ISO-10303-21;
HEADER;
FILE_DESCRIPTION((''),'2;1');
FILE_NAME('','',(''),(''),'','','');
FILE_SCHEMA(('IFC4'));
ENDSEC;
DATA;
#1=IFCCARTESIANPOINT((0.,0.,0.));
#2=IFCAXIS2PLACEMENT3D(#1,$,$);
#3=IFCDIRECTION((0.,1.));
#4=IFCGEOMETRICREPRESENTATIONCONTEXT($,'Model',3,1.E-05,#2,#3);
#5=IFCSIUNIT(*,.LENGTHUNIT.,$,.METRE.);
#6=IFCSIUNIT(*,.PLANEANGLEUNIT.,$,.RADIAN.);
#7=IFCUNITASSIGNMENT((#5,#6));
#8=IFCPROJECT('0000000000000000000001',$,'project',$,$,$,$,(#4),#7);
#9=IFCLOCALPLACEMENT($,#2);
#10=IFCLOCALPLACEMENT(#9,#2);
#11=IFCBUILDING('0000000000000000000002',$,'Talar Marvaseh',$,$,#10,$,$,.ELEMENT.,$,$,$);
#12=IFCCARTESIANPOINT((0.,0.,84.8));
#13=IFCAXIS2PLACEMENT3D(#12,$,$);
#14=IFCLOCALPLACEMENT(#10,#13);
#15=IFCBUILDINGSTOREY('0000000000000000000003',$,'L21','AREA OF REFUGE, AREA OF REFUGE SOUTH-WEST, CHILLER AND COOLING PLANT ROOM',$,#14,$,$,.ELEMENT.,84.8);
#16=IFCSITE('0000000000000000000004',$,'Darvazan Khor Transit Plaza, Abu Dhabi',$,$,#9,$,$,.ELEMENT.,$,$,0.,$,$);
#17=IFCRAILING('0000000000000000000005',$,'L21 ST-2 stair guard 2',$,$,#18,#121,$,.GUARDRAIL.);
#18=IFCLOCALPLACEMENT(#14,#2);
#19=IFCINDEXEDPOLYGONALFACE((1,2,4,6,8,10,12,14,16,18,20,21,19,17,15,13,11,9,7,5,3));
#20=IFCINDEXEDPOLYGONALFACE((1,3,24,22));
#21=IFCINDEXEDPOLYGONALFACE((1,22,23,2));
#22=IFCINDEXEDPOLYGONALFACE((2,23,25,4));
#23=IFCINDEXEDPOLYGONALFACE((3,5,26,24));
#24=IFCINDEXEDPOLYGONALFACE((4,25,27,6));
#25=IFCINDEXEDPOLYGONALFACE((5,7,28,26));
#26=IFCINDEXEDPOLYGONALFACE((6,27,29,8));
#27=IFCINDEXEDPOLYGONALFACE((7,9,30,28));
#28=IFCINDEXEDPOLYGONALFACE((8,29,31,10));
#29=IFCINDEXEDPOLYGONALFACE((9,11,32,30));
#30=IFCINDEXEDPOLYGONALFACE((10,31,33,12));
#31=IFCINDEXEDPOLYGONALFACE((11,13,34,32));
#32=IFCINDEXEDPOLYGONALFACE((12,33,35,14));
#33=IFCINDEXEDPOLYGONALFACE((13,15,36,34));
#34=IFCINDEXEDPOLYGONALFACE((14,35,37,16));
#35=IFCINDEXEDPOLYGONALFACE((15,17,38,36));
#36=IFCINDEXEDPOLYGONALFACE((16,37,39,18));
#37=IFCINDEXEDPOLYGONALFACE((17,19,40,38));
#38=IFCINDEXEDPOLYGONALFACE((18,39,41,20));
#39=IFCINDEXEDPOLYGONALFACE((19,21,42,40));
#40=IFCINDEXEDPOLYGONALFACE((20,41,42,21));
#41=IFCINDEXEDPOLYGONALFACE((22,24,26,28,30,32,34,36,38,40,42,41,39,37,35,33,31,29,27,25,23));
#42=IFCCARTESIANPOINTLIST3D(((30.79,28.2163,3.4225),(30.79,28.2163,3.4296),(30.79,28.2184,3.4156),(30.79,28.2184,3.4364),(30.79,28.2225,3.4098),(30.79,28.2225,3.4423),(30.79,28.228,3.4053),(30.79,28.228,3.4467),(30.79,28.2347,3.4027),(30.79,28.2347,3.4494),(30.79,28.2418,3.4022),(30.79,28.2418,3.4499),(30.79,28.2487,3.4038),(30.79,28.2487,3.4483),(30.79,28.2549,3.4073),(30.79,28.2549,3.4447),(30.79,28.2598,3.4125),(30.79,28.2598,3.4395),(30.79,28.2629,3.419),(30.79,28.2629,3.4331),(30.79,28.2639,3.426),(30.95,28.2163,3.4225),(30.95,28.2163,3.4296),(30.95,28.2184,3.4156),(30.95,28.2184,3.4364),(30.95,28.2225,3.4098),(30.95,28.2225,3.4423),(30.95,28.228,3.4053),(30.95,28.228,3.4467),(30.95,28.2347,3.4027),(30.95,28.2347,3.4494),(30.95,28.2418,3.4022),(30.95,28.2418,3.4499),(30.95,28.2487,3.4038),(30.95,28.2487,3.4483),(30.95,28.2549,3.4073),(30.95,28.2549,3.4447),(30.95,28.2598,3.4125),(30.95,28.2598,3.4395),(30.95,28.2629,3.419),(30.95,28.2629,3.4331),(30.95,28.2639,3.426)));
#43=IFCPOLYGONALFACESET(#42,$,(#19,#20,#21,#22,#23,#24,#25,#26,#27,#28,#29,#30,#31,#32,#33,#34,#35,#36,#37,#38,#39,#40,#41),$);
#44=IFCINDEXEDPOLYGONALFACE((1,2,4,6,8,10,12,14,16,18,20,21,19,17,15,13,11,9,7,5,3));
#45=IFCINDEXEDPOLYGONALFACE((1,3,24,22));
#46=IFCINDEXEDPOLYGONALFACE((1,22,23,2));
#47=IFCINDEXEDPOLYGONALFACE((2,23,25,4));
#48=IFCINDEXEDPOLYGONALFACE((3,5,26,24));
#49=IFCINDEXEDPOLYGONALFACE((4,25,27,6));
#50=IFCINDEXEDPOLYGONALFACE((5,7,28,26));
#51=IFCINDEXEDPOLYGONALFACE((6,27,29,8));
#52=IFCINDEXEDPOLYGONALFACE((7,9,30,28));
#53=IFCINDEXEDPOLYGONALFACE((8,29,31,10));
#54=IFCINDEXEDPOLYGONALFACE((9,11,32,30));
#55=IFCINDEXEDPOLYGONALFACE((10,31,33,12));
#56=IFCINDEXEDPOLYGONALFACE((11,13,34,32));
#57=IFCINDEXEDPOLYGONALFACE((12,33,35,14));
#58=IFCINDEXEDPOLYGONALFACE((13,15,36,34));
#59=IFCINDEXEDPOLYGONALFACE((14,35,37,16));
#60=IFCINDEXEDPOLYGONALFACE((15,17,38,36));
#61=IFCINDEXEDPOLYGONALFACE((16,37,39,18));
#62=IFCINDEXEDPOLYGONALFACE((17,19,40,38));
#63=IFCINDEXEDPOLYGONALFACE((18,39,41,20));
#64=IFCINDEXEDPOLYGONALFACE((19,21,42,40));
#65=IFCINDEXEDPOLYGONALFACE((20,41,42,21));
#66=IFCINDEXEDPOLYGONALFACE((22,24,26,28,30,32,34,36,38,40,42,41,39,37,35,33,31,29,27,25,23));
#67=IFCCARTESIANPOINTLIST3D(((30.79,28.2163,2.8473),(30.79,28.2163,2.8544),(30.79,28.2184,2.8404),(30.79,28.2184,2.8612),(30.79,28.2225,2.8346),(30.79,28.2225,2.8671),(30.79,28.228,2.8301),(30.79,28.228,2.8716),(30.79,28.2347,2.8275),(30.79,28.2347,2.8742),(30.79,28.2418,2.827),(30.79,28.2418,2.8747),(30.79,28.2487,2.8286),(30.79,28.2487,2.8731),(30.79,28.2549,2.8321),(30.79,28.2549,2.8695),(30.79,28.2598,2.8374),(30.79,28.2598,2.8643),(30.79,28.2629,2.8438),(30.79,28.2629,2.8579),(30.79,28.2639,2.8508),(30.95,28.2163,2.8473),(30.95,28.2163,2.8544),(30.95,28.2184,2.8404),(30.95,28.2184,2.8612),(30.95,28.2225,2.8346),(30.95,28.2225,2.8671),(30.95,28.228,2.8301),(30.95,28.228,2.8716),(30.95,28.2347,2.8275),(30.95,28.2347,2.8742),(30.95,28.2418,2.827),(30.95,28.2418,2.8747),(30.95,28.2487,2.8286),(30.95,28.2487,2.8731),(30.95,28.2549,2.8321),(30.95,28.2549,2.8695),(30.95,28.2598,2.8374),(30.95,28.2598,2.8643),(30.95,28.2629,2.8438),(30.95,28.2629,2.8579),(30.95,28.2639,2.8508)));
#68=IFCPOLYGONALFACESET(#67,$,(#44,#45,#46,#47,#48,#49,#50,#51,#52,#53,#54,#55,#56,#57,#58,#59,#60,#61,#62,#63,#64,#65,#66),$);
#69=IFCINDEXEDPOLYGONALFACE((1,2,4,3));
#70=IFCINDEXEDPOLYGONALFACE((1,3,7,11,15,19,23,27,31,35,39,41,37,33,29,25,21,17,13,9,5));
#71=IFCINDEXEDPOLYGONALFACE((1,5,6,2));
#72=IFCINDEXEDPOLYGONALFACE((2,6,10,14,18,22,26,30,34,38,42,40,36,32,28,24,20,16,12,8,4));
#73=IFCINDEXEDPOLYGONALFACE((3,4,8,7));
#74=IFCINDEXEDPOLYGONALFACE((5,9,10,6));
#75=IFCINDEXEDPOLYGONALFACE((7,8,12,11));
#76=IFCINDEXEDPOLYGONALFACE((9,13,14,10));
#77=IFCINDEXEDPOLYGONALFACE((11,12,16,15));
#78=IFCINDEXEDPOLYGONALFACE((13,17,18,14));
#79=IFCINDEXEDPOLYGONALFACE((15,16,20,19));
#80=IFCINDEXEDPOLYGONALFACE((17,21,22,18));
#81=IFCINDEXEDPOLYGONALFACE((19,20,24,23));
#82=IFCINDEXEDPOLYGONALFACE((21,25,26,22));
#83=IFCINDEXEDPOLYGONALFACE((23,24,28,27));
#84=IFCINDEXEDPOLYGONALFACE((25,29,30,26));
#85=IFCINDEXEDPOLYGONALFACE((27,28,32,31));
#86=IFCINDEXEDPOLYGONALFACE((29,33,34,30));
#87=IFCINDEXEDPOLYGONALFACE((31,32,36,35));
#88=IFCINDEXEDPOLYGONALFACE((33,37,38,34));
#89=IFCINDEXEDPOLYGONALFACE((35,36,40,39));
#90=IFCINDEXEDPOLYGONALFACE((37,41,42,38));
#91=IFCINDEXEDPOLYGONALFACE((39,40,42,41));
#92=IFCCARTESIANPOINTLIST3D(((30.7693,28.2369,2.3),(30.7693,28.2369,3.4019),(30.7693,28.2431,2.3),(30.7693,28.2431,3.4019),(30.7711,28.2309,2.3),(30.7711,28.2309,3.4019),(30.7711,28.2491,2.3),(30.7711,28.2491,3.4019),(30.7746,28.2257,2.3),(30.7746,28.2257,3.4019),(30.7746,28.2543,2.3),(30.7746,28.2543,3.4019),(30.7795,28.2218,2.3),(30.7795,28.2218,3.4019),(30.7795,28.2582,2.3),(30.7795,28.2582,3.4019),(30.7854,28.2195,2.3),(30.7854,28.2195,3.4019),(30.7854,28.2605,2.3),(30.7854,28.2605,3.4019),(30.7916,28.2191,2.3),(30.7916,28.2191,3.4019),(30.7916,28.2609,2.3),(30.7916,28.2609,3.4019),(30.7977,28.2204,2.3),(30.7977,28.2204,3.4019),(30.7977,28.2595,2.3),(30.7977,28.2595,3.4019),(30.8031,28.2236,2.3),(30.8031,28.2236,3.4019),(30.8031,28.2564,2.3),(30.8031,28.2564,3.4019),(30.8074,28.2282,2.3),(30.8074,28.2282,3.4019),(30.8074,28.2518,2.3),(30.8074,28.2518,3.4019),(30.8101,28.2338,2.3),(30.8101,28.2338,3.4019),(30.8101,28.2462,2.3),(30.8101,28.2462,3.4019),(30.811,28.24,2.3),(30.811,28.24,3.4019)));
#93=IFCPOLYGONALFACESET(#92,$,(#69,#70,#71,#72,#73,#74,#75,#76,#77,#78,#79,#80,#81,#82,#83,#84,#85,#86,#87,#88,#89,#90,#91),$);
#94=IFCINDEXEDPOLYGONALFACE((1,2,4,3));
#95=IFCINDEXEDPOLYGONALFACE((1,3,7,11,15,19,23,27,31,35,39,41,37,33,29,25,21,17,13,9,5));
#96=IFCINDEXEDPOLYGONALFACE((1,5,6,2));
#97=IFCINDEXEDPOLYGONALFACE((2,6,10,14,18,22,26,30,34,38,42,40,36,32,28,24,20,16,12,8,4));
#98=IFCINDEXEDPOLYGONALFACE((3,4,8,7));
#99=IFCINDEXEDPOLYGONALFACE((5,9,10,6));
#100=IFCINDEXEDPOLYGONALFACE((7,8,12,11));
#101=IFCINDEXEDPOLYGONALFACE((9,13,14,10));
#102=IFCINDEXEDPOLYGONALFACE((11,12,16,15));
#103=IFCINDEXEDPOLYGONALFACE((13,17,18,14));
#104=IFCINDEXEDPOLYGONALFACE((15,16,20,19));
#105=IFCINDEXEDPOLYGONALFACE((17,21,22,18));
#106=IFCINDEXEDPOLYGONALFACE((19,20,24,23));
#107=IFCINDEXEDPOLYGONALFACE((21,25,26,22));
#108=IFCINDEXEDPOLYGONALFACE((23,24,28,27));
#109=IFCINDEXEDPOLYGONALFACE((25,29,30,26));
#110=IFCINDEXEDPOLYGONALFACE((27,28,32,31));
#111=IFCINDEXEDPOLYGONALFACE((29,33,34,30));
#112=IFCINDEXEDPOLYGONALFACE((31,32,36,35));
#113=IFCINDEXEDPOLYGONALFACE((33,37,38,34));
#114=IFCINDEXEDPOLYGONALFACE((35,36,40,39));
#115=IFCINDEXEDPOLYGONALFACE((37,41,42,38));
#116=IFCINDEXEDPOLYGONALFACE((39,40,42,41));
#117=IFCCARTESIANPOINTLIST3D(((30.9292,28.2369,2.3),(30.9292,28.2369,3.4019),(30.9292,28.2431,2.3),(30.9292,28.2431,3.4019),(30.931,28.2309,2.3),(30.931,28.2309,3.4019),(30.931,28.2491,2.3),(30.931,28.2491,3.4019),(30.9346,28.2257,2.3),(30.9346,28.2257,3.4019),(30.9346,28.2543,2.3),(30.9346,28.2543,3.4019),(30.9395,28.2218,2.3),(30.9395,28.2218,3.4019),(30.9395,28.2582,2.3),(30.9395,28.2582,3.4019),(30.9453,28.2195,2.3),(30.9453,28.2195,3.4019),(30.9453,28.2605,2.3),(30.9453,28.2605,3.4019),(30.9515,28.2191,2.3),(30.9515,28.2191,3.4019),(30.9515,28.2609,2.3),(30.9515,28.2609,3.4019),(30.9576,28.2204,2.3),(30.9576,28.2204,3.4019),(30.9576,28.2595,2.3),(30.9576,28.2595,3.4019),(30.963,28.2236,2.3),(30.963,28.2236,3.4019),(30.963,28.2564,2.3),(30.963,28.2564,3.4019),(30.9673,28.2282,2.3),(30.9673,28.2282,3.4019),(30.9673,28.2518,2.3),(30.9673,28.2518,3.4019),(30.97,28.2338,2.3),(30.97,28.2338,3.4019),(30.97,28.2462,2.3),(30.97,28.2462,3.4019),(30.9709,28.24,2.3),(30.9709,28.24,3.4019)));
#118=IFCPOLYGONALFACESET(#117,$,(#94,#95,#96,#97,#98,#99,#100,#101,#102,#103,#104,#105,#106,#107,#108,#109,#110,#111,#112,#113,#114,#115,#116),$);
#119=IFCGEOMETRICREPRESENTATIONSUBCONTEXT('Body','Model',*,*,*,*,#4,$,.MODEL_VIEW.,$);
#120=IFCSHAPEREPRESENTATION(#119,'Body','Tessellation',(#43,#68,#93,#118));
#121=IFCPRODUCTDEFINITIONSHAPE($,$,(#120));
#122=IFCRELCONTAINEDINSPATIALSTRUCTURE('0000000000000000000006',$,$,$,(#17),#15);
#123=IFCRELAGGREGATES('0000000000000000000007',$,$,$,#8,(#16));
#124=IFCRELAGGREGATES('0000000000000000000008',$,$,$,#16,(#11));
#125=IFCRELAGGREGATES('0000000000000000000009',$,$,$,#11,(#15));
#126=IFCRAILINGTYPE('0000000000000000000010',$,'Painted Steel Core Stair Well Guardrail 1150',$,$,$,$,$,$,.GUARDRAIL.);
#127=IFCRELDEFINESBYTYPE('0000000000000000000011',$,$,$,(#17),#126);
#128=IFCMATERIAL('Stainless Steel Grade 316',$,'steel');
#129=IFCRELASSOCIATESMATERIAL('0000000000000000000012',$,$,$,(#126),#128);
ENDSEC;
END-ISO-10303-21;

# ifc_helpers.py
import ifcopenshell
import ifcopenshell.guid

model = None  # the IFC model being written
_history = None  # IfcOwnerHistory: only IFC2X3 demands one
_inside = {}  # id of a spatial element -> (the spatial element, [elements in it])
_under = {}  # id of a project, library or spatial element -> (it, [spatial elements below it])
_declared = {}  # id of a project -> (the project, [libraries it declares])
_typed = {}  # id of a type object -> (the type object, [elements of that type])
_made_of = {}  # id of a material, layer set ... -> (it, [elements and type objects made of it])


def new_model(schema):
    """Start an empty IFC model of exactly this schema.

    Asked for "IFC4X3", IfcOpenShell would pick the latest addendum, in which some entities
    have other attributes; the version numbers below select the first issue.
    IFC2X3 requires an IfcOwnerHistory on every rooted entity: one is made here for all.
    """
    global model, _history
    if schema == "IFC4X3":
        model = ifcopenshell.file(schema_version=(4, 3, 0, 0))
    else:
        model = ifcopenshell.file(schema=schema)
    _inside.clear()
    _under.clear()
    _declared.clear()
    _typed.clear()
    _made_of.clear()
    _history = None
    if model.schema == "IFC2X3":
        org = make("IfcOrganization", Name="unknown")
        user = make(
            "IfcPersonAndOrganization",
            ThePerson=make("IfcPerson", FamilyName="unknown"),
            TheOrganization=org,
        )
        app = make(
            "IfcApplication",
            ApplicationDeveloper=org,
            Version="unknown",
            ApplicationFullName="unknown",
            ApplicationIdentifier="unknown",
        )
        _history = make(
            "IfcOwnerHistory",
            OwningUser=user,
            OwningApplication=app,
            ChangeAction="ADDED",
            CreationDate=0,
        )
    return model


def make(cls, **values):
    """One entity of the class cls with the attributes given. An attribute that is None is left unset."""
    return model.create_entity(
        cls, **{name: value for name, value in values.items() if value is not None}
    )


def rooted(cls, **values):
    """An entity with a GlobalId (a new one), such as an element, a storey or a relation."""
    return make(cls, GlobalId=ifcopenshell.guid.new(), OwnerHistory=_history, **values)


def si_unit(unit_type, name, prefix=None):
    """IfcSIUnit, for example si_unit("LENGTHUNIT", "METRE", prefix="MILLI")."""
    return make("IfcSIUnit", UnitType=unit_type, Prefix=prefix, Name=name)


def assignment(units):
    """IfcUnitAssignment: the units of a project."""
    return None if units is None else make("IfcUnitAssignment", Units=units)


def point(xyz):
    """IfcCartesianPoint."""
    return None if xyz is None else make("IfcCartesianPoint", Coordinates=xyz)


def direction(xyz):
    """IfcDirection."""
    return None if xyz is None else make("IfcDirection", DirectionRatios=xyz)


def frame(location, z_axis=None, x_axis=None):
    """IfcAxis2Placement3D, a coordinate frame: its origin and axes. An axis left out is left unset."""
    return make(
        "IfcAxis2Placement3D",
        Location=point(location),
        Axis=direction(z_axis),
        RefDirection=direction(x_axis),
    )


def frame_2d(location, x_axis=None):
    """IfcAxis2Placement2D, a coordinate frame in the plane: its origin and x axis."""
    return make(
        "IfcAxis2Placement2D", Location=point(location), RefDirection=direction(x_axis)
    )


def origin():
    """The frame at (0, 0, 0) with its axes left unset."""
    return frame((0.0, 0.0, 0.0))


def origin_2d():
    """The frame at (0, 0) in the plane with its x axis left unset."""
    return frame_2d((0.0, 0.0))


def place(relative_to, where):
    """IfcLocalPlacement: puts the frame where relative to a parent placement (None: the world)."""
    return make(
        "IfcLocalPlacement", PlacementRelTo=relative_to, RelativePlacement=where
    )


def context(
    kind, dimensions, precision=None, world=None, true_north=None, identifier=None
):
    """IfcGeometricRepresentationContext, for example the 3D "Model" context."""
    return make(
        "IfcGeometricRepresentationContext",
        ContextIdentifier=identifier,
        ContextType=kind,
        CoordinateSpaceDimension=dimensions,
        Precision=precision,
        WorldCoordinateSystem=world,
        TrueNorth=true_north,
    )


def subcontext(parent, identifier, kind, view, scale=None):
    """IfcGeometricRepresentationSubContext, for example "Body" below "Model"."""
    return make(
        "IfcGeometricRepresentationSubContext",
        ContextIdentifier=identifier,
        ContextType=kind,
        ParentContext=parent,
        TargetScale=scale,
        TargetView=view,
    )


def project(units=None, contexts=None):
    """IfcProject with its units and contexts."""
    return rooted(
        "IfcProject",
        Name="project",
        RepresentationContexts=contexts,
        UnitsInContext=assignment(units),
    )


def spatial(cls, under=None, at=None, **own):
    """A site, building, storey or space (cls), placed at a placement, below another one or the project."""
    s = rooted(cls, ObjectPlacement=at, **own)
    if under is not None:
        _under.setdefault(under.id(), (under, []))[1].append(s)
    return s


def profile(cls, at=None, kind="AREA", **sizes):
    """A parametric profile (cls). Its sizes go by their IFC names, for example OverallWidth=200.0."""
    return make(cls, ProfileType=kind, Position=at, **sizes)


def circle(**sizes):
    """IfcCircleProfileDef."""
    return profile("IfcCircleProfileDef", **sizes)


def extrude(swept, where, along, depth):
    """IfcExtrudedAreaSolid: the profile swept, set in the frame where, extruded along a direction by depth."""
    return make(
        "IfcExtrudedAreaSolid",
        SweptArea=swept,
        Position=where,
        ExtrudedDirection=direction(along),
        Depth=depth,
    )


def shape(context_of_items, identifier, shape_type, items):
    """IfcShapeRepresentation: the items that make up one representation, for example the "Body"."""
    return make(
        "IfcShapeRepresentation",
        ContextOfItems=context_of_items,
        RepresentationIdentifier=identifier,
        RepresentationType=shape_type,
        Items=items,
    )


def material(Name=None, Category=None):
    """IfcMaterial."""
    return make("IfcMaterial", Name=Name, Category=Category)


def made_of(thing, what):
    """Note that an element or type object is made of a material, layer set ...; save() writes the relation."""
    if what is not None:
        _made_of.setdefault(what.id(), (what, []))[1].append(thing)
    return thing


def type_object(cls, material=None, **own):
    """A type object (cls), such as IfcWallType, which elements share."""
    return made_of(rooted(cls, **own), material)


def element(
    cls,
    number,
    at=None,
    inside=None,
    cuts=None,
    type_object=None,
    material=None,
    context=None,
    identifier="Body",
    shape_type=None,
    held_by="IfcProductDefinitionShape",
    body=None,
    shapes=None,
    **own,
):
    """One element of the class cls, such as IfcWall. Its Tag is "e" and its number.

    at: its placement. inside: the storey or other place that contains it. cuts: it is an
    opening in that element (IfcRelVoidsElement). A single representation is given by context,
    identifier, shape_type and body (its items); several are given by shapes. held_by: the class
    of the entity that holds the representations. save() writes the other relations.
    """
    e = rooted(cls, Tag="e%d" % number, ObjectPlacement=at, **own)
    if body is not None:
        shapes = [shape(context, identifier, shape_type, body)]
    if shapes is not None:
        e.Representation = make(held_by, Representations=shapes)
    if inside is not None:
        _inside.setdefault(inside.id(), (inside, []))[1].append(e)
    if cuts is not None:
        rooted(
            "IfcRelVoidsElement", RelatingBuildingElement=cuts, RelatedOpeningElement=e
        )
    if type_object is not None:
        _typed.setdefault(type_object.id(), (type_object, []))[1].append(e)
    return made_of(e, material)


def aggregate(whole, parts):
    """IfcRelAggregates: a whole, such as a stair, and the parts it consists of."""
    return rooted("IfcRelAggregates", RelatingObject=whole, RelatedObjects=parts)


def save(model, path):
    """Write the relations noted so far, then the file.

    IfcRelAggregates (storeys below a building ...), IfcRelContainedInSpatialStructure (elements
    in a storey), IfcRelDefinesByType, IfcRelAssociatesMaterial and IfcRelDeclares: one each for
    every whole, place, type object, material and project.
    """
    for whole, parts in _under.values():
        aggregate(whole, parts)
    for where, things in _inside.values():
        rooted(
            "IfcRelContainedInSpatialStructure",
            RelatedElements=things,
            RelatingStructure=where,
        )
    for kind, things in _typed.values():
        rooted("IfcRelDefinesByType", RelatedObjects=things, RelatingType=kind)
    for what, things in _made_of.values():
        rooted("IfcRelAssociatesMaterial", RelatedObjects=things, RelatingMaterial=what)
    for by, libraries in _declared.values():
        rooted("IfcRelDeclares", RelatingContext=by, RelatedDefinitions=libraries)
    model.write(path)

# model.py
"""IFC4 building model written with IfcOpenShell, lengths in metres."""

from ifc_helpers import new_model, si_unit, direction, frame, origin, origin_2d, place, context, subcontext, project, spatial, circle, extrude, material, type_object, element, save


model = new_model("IFC4")

# Units and contexts
model_context = context("Model", 3, precision=1e-05, world=origin(), true_north=direction((0.0, 1.0)))
body_context = subcontext(model_context, "Body", "Model", "MODEL_VIEW")
ifc_project = project(units=[si_unit("LENGTHUNIT", "METRE"), si_unit("PLANEANGLEUNIT", "RADIAN")], contexts=[model_context])

# Site, building, storey
site_placement = place(None, origin())
site = spatial("IfcSite", under=ifc_project, at=site_placement, Name="Darvazan Khor Transit Plaza, Abu Dhabi", CompositionType="ELEMENT", RefElevation=0.0)
building_placement = place(site_placement, origin())
building = spatial("IfcBuilding", under=site, at=building_placement, Name="Talar Marvaseh", CompositionType="ELEMENT")
storey_placement = place(building_placement, frame((0.0, 0.0, 84.8)))
storey = spatial("IfcBuildingStorey", under=building, at=storey_placement, Name="L21", Description="AREA OF REFUGE, AREA OF REFUGE SOUTH-WEST, CHILLER AND COOLING PLANT ROOM", CompositionType="ELEMENT", Elevation=84.8)

# Railing
ifc_material_1 = material(Name="Stainless Steel Grade 316", Category="steel")
railing_type_1 = type_object("IfcRailingType", Name="Painted Steel Core Stair Well Guardrail 1150", PredefinedType="GUARDRAIL", material=ifc_material_1)
railing_1_placement = place(storey_placement, frame((30.79, 28.24, 2.3)))
element("IfcRailing", 1, at=railing_1_placement, inside=storey, type_object=railing_type_1, Name="L21 ST-2 stair guard 2", PredefinedType="GUARDRAIL", context=body_context, shape_type="SweptSolid", body=[
    extrude(circle(Radius=0.0239, at=origin_2d()), frame((0.0, 0.0, 1.126), z_axis=(1.0, 0.0, 0.0), x_axis=(0.0, 1.0, 0.0)), (0.0, 0.0, 1.0), 0.1599),
    extrude(circle(Radius=0.0239, at=origin_2d()), frame((0.0, 0.0, 0.5508), z_axis=(1.0, 0.0, 0.0), x_axis=(0.0, 1.0, 0.0)), (0.0, 0.0, 1.0), 0.1599),
    extrude(circle(Radius=0.021, at=origin_2d()), origin(), (0.0, 0.0, 1.0), 1.1018),
    extrude(circle(Radius=0.021, at=origin_2d()), frame((0.1599, 0.0, 0.0)), (0.0, 0.0, 1.0), 1.1018),
])

save(model, "model.ifc")
